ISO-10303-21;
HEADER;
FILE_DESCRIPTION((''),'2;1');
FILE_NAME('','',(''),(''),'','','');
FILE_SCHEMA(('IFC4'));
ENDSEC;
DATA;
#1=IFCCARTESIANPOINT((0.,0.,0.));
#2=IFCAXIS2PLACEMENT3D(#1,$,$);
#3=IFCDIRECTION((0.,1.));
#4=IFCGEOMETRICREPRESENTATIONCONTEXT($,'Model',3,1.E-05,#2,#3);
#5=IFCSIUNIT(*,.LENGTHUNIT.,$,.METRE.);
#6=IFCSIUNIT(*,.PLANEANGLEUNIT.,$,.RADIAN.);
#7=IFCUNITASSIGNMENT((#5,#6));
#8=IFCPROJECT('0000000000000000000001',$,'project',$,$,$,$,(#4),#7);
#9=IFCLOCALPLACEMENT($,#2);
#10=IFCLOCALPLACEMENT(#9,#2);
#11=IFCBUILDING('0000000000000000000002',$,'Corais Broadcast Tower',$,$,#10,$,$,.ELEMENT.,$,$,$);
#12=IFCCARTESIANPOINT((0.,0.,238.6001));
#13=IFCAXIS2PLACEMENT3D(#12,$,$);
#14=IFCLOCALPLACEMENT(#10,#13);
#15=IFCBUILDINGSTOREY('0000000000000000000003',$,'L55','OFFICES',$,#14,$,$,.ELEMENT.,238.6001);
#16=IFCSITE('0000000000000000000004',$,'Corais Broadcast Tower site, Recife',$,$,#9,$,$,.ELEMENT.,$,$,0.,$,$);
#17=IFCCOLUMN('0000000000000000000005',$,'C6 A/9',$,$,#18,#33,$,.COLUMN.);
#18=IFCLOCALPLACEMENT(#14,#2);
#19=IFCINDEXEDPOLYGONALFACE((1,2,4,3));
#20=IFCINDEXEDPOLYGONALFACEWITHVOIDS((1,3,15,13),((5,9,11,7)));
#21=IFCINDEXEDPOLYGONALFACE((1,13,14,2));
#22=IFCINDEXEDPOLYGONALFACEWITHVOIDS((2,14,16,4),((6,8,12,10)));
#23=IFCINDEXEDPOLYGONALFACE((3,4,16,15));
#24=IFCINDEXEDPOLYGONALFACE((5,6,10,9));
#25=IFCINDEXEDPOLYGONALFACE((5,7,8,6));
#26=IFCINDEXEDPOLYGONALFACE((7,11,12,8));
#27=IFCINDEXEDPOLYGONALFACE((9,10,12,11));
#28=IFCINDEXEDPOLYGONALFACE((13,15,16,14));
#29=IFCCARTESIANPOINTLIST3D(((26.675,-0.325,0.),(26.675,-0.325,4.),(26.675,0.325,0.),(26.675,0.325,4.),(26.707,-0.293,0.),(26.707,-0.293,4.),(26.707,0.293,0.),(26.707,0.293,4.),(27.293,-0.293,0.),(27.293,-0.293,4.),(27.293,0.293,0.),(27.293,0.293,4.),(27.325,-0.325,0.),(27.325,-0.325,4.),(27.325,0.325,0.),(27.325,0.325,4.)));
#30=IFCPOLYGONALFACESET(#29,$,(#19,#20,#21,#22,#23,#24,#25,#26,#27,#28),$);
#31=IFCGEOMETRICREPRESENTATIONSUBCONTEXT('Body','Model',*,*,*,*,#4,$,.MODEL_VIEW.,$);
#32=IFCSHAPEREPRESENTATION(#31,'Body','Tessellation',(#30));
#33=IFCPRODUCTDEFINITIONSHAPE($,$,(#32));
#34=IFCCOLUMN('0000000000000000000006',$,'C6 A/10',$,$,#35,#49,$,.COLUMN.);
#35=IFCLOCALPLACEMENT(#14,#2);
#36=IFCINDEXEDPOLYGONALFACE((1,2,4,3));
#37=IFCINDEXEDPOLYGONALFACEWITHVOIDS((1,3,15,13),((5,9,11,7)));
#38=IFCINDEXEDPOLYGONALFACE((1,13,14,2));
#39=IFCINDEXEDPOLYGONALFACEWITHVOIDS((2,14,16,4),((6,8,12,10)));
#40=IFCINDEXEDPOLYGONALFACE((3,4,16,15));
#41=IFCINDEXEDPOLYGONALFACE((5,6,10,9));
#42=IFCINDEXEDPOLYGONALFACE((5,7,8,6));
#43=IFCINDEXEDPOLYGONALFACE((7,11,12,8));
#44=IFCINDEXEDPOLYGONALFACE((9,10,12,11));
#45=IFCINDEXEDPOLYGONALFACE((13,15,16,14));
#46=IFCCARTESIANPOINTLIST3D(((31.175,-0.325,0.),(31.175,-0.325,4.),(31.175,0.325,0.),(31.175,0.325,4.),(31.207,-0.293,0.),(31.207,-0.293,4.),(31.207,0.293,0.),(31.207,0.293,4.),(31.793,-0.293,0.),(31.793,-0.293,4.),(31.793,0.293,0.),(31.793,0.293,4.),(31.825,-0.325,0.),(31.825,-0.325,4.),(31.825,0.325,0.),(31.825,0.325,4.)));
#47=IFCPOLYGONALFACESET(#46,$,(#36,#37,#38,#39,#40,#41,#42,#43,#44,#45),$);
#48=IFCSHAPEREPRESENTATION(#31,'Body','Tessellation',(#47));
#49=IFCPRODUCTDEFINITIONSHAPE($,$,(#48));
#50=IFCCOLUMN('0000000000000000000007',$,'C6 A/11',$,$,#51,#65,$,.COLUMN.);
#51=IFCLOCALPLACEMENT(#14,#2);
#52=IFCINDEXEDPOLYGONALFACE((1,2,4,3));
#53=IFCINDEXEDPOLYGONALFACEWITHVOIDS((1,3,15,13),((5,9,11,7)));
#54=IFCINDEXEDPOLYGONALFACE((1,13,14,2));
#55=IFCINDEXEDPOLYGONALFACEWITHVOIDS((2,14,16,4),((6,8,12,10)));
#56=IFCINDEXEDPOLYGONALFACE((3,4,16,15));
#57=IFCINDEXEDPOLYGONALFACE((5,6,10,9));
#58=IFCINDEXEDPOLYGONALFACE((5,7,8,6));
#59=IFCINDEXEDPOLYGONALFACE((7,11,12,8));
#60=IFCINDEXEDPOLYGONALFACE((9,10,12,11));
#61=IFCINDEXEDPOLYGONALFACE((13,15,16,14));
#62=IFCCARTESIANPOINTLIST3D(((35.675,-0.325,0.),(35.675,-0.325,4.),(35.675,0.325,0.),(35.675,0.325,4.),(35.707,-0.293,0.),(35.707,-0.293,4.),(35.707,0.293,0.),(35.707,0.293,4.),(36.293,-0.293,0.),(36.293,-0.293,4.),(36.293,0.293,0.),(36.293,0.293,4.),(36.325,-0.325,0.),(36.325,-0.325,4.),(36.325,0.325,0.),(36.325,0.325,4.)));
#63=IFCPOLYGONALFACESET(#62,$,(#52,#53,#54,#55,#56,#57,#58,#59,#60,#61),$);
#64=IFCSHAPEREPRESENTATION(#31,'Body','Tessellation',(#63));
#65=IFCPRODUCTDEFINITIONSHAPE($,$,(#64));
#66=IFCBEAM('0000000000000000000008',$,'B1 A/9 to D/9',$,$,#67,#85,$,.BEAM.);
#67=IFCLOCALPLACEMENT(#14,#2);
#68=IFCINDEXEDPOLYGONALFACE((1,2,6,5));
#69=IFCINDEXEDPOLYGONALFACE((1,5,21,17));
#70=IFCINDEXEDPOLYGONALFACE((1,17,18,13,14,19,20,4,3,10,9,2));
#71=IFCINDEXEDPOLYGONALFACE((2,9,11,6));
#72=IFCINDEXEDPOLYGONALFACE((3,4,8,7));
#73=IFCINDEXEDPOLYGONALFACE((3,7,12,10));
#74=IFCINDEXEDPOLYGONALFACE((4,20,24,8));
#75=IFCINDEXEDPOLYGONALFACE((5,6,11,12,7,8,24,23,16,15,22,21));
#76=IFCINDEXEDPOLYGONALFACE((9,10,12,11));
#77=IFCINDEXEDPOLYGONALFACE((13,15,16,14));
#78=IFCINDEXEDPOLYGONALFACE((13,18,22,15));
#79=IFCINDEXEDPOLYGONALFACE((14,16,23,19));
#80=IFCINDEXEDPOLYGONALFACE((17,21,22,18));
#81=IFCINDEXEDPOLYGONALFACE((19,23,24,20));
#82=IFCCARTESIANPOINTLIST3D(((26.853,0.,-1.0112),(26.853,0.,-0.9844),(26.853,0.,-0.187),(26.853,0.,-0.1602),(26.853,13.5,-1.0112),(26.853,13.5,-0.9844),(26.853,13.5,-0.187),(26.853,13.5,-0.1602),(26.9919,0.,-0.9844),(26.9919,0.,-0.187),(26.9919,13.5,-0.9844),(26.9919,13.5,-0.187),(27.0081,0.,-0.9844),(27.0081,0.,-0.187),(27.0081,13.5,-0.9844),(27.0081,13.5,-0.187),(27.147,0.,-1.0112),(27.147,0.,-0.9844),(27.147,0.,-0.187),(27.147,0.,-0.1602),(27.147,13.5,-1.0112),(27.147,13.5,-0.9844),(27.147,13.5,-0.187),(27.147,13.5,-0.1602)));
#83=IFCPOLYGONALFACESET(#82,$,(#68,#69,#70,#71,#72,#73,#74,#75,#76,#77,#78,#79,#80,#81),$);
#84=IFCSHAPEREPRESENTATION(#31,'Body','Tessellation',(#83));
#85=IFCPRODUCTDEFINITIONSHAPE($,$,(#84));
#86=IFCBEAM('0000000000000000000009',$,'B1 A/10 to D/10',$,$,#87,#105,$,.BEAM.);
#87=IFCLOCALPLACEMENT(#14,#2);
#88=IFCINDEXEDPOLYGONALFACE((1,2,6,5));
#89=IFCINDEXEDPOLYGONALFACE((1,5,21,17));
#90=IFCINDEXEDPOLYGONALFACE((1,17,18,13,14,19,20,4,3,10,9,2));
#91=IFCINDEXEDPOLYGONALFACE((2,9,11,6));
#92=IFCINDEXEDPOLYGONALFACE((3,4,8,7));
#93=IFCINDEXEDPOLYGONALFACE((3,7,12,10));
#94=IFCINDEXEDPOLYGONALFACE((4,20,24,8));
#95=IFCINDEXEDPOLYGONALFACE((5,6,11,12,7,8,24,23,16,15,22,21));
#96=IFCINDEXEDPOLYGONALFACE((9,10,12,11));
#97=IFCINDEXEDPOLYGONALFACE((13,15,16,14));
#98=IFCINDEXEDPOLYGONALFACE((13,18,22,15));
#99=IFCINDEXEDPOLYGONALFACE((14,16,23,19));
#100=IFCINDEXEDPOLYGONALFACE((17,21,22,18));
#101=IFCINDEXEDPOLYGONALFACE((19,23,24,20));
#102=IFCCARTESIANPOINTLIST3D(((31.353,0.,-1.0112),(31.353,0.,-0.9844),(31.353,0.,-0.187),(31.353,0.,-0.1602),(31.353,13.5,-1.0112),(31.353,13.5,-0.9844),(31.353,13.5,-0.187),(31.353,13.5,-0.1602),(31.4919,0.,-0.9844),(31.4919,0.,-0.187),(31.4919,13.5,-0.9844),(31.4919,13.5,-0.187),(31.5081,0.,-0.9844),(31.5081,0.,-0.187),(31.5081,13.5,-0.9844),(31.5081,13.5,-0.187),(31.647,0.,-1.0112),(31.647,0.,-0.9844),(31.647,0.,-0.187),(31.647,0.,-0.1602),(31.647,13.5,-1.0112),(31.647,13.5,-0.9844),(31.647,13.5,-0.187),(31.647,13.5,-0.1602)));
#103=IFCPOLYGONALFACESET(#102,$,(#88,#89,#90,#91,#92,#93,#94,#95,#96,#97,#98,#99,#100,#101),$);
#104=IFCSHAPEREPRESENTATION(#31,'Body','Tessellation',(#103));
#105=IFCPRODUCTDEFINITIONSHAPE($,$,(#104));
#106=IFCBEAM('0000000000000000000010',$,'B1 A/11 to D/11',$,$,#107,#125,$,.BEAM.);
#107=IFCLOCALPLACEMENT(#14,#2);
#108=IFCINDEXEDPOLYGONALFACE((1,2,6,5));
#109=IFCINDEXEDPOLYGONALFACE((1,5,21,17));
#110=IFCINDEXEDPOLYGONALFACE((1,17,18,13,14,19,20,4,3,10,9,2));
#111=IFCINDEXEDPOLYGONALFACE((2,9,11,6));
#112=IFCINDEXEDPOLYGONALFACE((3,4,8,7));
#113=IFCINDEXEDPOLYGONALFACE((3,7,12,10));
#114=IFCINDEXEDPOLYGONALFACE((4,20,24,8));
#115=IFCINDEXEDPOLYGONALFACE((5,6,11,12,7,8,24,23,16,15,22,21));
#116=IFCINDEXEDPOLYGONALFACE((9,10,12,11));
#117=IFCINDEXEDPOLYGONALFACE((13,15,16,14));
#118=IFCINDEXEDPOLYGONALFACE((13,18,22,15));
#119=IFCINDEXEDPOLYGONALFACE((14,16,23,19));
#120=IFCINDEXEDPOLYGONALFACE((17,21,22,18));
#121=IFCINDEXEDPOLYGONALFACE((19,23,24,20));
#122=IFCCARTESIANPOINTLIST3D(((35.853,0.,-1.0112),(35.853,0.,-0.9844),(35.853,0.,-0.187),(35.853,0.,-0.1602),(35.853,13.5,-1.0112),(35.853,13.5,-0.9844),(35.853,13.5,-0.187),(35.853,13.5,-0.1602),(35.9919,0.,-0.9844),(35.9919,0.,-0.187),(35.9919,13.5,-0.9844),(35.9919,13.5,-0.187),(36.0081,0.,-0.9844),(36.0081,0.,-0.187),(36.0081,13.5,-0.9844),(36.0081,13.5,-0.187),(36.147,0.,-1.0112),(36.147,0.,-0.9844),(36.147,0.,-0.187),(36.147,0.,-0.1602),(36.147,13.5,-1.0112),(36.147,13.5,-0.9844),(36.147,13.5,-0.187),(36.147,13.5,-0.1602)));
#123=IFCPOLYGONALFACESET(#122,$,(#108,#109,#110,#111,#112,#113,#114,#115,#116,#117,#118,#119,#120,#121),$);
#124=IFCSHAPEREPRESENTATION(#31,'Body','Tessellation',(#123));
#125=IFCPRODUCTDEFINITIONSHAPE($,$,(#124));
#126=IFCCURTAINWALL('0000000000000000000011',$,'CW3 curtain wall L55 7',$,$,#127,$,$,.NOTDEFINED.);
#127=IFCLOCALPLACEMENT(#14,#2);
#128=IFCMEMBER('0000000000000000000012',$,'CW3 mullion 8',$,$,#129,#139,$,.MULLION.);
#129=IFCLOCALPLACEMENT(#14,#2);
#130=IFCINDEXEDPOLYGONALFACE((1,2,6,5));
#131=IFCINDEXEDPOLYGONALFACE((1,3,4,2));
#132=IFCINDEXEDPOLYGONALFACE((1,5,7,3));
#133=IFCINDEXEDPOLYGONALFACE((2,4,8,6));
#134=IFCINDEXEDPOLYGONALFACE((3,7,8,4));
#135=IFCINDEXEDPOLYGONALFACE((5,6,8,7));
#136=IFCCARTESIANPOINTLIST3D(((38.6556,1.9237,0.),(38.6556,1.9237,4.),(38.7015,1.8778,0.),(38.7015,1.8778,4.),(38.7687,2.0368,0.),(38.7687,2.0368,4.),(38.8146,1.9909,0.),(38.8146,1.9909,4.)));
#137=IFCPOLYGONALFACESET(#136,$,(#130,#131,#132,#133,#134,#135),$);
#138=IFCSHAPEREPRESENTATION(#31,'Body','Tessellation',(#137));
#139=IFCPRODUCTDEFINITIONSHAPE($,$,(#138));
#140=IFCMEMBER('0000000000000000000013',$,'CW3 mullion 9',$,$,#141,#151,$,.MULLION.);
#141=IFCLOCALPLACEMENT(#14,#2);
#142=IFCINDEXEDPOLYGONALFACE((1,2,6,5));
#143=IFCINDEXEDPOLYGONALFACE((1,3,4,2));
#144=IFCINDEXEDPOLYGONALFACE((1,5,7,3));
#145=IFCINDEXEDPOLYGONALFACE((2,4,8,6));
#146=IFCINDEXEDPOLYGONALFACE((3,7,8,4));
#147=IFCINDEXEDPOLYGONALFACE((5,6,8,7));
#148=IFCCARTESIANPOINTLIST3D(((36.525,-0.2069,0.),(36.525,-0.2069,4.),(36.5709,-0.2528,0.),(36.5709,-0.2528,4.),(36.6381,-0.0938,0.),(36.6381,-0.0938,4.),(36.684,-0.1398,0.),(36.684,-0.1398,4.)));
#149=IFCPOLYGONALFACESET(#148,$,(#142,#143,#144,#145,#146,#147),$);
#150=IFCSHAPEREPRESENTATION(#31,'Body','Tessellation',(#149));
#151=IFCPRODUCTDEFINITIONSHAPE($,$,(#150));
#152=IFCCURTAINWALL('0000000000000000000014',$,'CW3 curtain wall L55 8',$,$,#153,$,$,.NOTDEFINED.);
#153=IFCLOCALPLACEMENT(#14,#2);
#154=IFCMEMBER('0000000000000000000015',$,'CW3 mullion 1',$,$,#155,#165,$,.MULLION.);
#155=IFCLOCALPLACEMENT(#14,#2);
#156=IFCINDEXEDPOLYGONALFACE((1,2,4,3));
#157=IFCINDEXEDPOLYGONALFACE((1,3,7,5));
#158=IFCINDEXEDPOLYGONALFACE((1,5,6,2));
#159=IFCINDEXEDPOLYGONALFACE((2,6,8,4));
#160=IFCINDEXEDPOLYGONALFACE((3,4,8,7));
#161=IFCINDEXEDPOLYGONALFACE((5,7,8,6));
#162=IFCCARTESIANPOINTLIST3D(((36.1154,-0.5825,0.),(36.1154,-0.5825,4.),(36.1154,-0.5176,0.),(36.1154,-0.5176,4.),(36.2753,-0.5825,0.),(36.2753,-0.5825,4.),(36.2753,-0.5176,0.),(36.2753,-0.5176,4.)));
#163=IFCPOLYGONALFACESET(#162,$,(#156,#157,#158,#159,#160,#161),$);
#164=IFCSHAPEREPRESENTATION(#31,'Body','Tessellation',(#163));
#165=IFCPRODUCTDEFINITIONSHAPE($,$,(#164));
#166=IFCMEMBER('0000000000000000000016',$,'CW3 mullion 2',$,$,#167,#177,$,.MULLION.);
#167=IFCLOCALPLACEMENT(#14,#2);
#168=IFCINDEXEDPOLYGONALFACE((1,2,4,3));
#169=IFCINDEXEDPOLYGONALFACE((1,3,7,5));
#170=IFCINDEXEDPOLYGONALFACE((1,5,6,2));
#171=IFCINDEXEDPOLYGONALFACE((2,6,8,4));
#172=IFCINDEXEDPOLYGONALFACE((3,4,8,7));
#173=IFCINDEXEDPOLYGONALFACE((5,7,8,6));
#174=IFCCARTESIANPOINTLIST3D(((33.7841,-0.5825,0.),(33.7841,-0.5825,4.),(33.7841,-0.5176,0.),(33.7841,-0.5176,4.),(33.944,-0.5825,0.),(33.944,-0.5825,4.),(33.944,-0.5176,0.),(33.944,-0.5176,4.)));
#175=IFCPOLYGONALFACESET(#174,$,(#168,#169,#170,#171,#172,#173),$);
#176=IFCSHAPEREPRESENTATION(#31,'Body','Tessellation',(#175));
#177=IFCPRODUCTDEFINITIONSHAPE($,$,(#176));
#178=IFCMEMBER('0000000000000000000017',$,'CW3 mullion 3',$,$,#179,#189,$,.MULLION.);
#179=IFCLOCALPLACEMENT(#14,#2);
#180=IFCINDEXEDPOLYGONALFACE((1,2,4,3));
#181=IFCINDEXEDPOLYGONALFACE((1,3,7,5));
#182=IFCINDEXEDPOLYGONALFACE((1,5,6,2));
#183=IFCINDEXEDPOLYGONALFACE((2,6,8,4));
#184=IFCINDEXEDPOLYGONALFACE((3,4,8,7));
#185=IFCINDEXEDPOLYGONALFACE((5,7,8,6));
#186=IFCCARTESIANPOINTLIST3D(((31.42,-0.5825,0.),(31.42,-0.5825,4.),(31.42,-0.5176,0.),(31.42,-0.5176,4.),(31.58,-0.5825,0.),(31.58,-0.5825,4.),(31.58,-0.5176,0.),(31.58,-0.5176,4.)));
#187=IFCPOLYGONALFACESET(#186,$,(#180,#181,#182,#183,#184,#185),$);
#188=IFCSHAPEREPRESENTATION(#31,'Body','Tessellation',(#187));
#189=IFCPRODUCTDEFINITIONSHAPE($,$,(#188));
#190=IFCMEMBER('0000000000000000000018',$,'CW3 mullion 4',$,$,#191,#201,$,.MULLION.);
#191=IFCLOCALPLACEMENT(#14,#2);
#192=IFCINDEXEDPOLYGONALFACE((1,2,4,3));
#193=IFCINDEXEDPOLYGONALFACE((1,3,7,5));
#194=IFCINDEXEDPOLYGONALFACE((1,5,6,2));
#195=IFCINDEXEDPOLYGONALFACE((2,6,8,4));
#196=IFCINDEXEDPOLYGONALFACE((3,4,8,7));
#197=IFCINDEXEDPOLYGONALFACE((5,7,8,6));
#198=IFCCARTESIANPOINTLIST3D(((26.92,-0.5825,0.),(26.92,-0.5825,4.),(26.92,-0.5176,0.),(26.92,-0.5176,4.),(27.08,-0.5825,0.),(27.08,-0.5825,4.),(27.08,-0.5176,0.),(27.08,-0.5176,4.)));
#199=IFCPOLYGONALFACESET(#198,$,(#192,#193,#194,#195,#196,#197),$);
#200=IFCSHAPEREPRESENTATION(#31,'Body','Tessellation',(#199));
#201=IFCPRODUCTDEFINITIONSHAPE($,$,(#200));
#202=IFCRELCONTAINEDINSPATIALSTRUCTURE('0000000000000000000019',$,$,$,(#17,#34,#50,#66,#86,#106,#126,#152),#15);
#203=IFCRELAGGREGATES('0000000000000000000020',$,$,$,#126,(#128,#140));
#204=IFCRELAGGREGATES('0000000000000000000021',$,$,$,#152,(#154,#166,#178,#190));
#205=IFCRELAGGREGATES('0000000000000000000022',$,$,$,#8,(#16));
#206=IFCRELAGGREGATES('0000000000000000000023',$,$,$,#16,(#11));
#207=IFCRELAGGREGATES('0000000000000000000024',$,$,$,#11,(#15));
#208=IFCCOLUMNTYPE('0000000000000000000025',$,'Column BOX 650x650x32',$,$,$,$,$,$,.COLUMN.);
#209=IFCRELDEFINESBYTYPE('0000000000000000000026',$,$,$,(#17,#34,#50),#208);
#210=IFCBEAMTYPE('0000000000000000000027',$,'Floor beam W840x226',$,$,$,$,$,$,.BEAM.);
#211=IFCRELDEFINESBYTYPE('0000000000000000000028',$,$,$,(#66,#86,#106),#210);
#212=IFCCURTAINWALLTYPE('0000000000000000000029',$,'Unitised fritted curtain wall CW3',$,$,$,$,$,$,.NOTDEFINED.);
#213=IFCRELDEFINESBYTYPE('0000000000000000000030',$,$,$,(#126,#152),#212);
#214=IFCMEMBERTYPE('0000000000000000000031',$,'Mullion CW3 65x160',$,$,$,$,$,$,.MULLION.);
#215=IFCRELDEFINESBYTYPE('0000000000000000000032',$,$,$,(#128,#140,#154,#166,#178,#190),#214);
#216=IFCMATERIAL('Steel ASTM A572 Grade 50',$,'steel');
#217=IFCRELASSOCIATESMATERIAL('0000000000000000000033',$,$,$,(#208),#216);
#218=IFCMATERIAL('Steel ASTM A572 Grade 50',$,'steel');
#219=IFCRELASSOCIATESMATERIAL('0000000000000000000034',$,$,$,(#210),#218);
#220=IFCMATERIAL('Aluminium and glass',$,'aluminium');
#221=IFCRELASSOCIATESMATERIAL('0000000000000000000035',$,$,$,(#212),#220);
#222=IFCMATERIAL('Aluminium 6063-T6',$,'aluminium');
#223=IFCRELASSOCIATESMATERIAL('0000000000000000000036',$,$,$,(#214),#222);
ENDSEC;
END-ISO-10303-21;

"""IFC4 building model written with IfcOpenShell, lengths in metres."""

from ifc_helpers import new_model, si_unit, direction, frame, origin, origin_2d, place, context, subcontext, project, spatial, rectangle, hollow_rectangle, i_section, extrude, material, material_profile, profile_set, type_object, element, aggregate, save


model = new_model("IFC4")

# Units and contexts
model_context = context("Model", 3, precision=1e-05, world=origin(), true_north=direction((0.0, 1.0)))
body_context = subcontext(model_context, "Body", "Model", "MODEL_VIEW")
ifc_project = project(units=[si_unit("LENGTHUNIT", "METRE"), si_unit("PLANEANGLEUNIT", "RADIAN")], contexts=[model_context])

# Site, building, storey
site_placement = place(None, origin())
site = spatial("IfcSite", under=ifc_project, at=site_placement, Name="Corais Broadcast Tower site, Recife", CompositionType="ELEMENT", RefElevation=0.0)
building_placement = place(site_placement, origin())
building = spatial("IfcBuilding", under=site, at=building_placement, Name="Corais Broadcast Tower", CompositionType="ELEMENT")
storey_placement = place(building_placement, frame((0.0, 0.0, 238.6001)))
storey = spatial("IfcBuildingStorey", under=building, at=storey_placement, Name="L55", Description="OFFICES", CompositionType="ELEMENT", Elevation=238.6001)

# Columns
ifc_material_1 = material(Name="Steel ASTM A572 Grade 50", Category="steel")
ifc_material_profile_1 = material_profile(ifc_material_1, hollow_rectangle(XDim=0.6499, YDim=0.6499, WallThickness=0.032, at=origin_2d()), Name="BOX 650x650x32")
ifc_profile_set_1 = profile_set([ifc_material_profile_1], Name="Steel ASTM A572 Grade 50")
column_type = type_object("IfcColumnType", Name="Column BOX 650x650x32", PredefinedType="COLUMN", material=ifc_profile_set_1)
for number, where, z_axis, x_axis, name in (
    (1, (27.0, 0.0, 0.0), (0.0, 0.0, 1.0), (1.0, 0.0, 0.0), "C6 A/9"),
    (2, (31.5, 0.0, 0.0), (0.0, 0.0, 1.0), (1.0, 0.0, 0.0), "C6 A/10"),
    (3, (36.0, 0.0, 0.0), (0.0, 0.0, 1.0), (1.0, 0.0, 0.0), "C6 A/11"),
):
    element("IfcColumn", number, at=place(storey_placement, frame(where, z_axis=z_axis, x_axis=x_axis)), inside=storey, type_object=column_type, Name=name, PredefinedType="COLUMN", context=body_context, shape_type="SweptSolid", body=[
        extrude(hollow_rectangle(XDim=0.6499, YDim=0.6499, WallThickness=0.032, at=origin_2d()), origin(), (0.0, 0.0, 1.0), 4.0),
    ])

# Beams
ifc_material_2 = material(Name="Steel ASTM A572 Grade 50", Category="steel")
ifc_material_profile_2 = material_profile(ifc_material_2, i_section(OverallWidth=0.2939, OverallDepth=0.8511, WebThickness=0.0161, FlangeThickness=0.0269, at=origin_2d()), Name="W840x226")
ifc_profile_set_2 = profile_set([ifc_material_profile_2], Name="Steel ASTM A572 Grade 50")
beam_type_1 = type_object("IfcBeamType", Name="Floor beam W840x226", PredefinedType="BEAM", material=ifc_profile_set_2)
for number, where, z_axis, x_axis, name in (
    (4, (27.0, 0.0, -0.5857), (0.0, 1.0, 0.0), (-1.0, 0.0, 0.0), "B1 A/9 to D/9"),
    (5, (31.5, 0.0, -0.5857), (0.0, 1.0, 0.0), (-1.0, 0.0, 0.0), "B1 A/10 to D/10"),
    (6, (36.0, 0.0, -0.5857), (0.0, 1.0, 0.0), (-1.0, 0.0, 0.0), "B1 A/11 to D/11"),
):
    element("IfcBeam", number, at=place(storey_placement, frame(where, z_axis=z_axis, x_axis=x_axis)), inside=storey, type_object=beam_type_1, Name=name, PredefinedType="BEAM", context=body_context, shape_type="SweptSolid", body=[
        extrude(i_section(OverallWidth=0.2939, OverallDepth=0.8511, WebThickness=0.0161, FlangeThickness=0.0269, at=origin_2d()), origin(), (0.0, 0.0, 1.0), 13.5),
    ])

# Curtain walls, members
ifc_material_3 = material(Name="Aluminium and glass", Category="aluminium")
curtain_wall_type = type_object("IfcCurtainWallType", Name="Unitised fritted curtain wall CW3", PredefinedType="NOTDEFINED", material=ifc_material_3)
curtain_wall_1_placement = place(storey_placement, origin())
curtain_wall_1 = element("IfcCurtainWall", 7, at=curtain_wall_1_placement, inside=storey, type_object=curtain_wall_type, Name="CW3 curtain wall L55 7", PredefinedType="NOTDEFINED")
ifc_material_4 = material(Name="Aluminium 6063-T6", Category="aluminium")
ifc_material_profile_3 = material_profile(ifc_material_4, rectangle(XDim=0.0649, YDim=0.1599, at=origin_2d()), Name="Mullion CW3 65x160")
ifc_profile_set_3 = profile_set([ifc_material_profile_3], Name="Aluminium 6063-T6")
member_type_1 = type_object("IfcMemberType", Name="Mullion CW3 65x160", PredefinedType="MULLION", material=ifc_profile_set_3)
member_1_placement = place(storey_placement, frame((38.7351, 1.9573, 0.0), z_axis=(0.0, 0.0, 1.0), x_axis=(0.707107, -0.707107, 0.0)))
member_1 = element("IfcMember", 8, at=member_1_placement, type_object=member_type_1, Name="CW3 mullion 8", PredefinedType="MULLION", context=body_context, shape_type="SweptSolid", body=[
    extrude(rectangle(XDim=0.0649, YDim=0.1599, at=origin_2d()), origin(), (0.0, 0.0, 1.0), 4.0),
])
member_2_placement = place(storey_placement, frame((36.6045, -0.1733, 0.0), z_axis=(0.0, 0.0, 1.0), x_axis=(0.707107, -0.707107, 0.0)))
member_2 = element("IfcMember", 9, at=member_2_placement, type_object=member_type_1, Name="CW3 mullion 9", PredefinedType="MULLION", context=body_context, shape_type="SweptSolid", body=[
    extrude(rectangle(XDim=0.0649, YDim=0.1599, at=origin_2d()), origin(), (0.0, 0.0, 1.0), 4.0),
])
curtain_wall_2_placement = place(storey_placement, origin())
curtain_wall_2 = element("IfcCurtainWall", 10, at=curtain_wall_2_placement, inside=storey, type_object=curtain_wall_type, Name="CW3 curtain wall L55 8", PredefinedType="NOTDEFINED")
member_3_placement = place(storey_placement, frame((36.1953, -0.55, 0.0), z_axis=(0.0, 0.0, 1.0), x_axis=(0.0, -1.0, 0.0)))
member_3 = element("IfcMember", 11, at=member_3_placement, type_object=member_type_1, Name="CW3 mullion 1", PredefinedType="MULLION", context=body_context, shape_type="SweptSolid", body=[
    extrude(rectangle(XDim=0.0649, YDim=0.1599, at=origin_2d()), origin(), (0.0, 0.0, 1.0), 4.0),
])
member_4_placement = place(storey_placement, frame((33.864, -0.55, 0.0), z_axis=(0.0, 0.0, 1.0), x_axis=(0.0, -1.0, 0.0)))
member_4 = element("IfcMember", 12, at=member_4_placement, type_object=member_type_1, Name="CW3 mullion 2", PredefinedType="MULLION", context=body_context, shape_type="SweptSolid", body=[
    extrude(rectangle(XDim=0.0649, YDim=0.1599, at=origin_2d()), origin(), (0.0, 0.0, 1.0), 4.0),
])
member_5_placement = place(storey_placement, frame((31.5, -0.55, 0.0), z_axis=(0.0, 0.0, 1.0), x_axis=(0.0, -1.0, 0.0)))
member_5 = element("IfcMember", 13, at=member_5_placement, type_object=member_type_1, Name="CW3 mullion 3", PredefinedType="MULLION", context=body_context, shape_type="SweptSolid", body=[
    extrude(rectangle(XDim=0.0649, YDim=0.1599, at=origin_2d()), origin(), (0.0, 0.0, 1.0), 4.0),
])
member_6_placement = place(storey_placement, frame((27.0, -0.55, 0.0), z_axis=(0.0, 0.0, 1.0), x_axis=(0.0, -1.0, 0.0)))
member_6 = element("IfcMember", 14, at=member_6_placement, type_object=member_type_1, Name="CW3 mullion 4", PredefinedType="MULLION", context=body_context, shape_type="SweptSolid", body=[
    extrude(rectangle(XDim=0.0649, YDim=0.1599, at=origin_2d()), origin(), (0.0, 0.0, 1.0), 4.0),
])

aggregate(curtain_wall_1, [member_1, member_2])
aggregate(curtain_wall_2, [member_3, member_4, member_5, member_6])

save(model, "model.ifc")
